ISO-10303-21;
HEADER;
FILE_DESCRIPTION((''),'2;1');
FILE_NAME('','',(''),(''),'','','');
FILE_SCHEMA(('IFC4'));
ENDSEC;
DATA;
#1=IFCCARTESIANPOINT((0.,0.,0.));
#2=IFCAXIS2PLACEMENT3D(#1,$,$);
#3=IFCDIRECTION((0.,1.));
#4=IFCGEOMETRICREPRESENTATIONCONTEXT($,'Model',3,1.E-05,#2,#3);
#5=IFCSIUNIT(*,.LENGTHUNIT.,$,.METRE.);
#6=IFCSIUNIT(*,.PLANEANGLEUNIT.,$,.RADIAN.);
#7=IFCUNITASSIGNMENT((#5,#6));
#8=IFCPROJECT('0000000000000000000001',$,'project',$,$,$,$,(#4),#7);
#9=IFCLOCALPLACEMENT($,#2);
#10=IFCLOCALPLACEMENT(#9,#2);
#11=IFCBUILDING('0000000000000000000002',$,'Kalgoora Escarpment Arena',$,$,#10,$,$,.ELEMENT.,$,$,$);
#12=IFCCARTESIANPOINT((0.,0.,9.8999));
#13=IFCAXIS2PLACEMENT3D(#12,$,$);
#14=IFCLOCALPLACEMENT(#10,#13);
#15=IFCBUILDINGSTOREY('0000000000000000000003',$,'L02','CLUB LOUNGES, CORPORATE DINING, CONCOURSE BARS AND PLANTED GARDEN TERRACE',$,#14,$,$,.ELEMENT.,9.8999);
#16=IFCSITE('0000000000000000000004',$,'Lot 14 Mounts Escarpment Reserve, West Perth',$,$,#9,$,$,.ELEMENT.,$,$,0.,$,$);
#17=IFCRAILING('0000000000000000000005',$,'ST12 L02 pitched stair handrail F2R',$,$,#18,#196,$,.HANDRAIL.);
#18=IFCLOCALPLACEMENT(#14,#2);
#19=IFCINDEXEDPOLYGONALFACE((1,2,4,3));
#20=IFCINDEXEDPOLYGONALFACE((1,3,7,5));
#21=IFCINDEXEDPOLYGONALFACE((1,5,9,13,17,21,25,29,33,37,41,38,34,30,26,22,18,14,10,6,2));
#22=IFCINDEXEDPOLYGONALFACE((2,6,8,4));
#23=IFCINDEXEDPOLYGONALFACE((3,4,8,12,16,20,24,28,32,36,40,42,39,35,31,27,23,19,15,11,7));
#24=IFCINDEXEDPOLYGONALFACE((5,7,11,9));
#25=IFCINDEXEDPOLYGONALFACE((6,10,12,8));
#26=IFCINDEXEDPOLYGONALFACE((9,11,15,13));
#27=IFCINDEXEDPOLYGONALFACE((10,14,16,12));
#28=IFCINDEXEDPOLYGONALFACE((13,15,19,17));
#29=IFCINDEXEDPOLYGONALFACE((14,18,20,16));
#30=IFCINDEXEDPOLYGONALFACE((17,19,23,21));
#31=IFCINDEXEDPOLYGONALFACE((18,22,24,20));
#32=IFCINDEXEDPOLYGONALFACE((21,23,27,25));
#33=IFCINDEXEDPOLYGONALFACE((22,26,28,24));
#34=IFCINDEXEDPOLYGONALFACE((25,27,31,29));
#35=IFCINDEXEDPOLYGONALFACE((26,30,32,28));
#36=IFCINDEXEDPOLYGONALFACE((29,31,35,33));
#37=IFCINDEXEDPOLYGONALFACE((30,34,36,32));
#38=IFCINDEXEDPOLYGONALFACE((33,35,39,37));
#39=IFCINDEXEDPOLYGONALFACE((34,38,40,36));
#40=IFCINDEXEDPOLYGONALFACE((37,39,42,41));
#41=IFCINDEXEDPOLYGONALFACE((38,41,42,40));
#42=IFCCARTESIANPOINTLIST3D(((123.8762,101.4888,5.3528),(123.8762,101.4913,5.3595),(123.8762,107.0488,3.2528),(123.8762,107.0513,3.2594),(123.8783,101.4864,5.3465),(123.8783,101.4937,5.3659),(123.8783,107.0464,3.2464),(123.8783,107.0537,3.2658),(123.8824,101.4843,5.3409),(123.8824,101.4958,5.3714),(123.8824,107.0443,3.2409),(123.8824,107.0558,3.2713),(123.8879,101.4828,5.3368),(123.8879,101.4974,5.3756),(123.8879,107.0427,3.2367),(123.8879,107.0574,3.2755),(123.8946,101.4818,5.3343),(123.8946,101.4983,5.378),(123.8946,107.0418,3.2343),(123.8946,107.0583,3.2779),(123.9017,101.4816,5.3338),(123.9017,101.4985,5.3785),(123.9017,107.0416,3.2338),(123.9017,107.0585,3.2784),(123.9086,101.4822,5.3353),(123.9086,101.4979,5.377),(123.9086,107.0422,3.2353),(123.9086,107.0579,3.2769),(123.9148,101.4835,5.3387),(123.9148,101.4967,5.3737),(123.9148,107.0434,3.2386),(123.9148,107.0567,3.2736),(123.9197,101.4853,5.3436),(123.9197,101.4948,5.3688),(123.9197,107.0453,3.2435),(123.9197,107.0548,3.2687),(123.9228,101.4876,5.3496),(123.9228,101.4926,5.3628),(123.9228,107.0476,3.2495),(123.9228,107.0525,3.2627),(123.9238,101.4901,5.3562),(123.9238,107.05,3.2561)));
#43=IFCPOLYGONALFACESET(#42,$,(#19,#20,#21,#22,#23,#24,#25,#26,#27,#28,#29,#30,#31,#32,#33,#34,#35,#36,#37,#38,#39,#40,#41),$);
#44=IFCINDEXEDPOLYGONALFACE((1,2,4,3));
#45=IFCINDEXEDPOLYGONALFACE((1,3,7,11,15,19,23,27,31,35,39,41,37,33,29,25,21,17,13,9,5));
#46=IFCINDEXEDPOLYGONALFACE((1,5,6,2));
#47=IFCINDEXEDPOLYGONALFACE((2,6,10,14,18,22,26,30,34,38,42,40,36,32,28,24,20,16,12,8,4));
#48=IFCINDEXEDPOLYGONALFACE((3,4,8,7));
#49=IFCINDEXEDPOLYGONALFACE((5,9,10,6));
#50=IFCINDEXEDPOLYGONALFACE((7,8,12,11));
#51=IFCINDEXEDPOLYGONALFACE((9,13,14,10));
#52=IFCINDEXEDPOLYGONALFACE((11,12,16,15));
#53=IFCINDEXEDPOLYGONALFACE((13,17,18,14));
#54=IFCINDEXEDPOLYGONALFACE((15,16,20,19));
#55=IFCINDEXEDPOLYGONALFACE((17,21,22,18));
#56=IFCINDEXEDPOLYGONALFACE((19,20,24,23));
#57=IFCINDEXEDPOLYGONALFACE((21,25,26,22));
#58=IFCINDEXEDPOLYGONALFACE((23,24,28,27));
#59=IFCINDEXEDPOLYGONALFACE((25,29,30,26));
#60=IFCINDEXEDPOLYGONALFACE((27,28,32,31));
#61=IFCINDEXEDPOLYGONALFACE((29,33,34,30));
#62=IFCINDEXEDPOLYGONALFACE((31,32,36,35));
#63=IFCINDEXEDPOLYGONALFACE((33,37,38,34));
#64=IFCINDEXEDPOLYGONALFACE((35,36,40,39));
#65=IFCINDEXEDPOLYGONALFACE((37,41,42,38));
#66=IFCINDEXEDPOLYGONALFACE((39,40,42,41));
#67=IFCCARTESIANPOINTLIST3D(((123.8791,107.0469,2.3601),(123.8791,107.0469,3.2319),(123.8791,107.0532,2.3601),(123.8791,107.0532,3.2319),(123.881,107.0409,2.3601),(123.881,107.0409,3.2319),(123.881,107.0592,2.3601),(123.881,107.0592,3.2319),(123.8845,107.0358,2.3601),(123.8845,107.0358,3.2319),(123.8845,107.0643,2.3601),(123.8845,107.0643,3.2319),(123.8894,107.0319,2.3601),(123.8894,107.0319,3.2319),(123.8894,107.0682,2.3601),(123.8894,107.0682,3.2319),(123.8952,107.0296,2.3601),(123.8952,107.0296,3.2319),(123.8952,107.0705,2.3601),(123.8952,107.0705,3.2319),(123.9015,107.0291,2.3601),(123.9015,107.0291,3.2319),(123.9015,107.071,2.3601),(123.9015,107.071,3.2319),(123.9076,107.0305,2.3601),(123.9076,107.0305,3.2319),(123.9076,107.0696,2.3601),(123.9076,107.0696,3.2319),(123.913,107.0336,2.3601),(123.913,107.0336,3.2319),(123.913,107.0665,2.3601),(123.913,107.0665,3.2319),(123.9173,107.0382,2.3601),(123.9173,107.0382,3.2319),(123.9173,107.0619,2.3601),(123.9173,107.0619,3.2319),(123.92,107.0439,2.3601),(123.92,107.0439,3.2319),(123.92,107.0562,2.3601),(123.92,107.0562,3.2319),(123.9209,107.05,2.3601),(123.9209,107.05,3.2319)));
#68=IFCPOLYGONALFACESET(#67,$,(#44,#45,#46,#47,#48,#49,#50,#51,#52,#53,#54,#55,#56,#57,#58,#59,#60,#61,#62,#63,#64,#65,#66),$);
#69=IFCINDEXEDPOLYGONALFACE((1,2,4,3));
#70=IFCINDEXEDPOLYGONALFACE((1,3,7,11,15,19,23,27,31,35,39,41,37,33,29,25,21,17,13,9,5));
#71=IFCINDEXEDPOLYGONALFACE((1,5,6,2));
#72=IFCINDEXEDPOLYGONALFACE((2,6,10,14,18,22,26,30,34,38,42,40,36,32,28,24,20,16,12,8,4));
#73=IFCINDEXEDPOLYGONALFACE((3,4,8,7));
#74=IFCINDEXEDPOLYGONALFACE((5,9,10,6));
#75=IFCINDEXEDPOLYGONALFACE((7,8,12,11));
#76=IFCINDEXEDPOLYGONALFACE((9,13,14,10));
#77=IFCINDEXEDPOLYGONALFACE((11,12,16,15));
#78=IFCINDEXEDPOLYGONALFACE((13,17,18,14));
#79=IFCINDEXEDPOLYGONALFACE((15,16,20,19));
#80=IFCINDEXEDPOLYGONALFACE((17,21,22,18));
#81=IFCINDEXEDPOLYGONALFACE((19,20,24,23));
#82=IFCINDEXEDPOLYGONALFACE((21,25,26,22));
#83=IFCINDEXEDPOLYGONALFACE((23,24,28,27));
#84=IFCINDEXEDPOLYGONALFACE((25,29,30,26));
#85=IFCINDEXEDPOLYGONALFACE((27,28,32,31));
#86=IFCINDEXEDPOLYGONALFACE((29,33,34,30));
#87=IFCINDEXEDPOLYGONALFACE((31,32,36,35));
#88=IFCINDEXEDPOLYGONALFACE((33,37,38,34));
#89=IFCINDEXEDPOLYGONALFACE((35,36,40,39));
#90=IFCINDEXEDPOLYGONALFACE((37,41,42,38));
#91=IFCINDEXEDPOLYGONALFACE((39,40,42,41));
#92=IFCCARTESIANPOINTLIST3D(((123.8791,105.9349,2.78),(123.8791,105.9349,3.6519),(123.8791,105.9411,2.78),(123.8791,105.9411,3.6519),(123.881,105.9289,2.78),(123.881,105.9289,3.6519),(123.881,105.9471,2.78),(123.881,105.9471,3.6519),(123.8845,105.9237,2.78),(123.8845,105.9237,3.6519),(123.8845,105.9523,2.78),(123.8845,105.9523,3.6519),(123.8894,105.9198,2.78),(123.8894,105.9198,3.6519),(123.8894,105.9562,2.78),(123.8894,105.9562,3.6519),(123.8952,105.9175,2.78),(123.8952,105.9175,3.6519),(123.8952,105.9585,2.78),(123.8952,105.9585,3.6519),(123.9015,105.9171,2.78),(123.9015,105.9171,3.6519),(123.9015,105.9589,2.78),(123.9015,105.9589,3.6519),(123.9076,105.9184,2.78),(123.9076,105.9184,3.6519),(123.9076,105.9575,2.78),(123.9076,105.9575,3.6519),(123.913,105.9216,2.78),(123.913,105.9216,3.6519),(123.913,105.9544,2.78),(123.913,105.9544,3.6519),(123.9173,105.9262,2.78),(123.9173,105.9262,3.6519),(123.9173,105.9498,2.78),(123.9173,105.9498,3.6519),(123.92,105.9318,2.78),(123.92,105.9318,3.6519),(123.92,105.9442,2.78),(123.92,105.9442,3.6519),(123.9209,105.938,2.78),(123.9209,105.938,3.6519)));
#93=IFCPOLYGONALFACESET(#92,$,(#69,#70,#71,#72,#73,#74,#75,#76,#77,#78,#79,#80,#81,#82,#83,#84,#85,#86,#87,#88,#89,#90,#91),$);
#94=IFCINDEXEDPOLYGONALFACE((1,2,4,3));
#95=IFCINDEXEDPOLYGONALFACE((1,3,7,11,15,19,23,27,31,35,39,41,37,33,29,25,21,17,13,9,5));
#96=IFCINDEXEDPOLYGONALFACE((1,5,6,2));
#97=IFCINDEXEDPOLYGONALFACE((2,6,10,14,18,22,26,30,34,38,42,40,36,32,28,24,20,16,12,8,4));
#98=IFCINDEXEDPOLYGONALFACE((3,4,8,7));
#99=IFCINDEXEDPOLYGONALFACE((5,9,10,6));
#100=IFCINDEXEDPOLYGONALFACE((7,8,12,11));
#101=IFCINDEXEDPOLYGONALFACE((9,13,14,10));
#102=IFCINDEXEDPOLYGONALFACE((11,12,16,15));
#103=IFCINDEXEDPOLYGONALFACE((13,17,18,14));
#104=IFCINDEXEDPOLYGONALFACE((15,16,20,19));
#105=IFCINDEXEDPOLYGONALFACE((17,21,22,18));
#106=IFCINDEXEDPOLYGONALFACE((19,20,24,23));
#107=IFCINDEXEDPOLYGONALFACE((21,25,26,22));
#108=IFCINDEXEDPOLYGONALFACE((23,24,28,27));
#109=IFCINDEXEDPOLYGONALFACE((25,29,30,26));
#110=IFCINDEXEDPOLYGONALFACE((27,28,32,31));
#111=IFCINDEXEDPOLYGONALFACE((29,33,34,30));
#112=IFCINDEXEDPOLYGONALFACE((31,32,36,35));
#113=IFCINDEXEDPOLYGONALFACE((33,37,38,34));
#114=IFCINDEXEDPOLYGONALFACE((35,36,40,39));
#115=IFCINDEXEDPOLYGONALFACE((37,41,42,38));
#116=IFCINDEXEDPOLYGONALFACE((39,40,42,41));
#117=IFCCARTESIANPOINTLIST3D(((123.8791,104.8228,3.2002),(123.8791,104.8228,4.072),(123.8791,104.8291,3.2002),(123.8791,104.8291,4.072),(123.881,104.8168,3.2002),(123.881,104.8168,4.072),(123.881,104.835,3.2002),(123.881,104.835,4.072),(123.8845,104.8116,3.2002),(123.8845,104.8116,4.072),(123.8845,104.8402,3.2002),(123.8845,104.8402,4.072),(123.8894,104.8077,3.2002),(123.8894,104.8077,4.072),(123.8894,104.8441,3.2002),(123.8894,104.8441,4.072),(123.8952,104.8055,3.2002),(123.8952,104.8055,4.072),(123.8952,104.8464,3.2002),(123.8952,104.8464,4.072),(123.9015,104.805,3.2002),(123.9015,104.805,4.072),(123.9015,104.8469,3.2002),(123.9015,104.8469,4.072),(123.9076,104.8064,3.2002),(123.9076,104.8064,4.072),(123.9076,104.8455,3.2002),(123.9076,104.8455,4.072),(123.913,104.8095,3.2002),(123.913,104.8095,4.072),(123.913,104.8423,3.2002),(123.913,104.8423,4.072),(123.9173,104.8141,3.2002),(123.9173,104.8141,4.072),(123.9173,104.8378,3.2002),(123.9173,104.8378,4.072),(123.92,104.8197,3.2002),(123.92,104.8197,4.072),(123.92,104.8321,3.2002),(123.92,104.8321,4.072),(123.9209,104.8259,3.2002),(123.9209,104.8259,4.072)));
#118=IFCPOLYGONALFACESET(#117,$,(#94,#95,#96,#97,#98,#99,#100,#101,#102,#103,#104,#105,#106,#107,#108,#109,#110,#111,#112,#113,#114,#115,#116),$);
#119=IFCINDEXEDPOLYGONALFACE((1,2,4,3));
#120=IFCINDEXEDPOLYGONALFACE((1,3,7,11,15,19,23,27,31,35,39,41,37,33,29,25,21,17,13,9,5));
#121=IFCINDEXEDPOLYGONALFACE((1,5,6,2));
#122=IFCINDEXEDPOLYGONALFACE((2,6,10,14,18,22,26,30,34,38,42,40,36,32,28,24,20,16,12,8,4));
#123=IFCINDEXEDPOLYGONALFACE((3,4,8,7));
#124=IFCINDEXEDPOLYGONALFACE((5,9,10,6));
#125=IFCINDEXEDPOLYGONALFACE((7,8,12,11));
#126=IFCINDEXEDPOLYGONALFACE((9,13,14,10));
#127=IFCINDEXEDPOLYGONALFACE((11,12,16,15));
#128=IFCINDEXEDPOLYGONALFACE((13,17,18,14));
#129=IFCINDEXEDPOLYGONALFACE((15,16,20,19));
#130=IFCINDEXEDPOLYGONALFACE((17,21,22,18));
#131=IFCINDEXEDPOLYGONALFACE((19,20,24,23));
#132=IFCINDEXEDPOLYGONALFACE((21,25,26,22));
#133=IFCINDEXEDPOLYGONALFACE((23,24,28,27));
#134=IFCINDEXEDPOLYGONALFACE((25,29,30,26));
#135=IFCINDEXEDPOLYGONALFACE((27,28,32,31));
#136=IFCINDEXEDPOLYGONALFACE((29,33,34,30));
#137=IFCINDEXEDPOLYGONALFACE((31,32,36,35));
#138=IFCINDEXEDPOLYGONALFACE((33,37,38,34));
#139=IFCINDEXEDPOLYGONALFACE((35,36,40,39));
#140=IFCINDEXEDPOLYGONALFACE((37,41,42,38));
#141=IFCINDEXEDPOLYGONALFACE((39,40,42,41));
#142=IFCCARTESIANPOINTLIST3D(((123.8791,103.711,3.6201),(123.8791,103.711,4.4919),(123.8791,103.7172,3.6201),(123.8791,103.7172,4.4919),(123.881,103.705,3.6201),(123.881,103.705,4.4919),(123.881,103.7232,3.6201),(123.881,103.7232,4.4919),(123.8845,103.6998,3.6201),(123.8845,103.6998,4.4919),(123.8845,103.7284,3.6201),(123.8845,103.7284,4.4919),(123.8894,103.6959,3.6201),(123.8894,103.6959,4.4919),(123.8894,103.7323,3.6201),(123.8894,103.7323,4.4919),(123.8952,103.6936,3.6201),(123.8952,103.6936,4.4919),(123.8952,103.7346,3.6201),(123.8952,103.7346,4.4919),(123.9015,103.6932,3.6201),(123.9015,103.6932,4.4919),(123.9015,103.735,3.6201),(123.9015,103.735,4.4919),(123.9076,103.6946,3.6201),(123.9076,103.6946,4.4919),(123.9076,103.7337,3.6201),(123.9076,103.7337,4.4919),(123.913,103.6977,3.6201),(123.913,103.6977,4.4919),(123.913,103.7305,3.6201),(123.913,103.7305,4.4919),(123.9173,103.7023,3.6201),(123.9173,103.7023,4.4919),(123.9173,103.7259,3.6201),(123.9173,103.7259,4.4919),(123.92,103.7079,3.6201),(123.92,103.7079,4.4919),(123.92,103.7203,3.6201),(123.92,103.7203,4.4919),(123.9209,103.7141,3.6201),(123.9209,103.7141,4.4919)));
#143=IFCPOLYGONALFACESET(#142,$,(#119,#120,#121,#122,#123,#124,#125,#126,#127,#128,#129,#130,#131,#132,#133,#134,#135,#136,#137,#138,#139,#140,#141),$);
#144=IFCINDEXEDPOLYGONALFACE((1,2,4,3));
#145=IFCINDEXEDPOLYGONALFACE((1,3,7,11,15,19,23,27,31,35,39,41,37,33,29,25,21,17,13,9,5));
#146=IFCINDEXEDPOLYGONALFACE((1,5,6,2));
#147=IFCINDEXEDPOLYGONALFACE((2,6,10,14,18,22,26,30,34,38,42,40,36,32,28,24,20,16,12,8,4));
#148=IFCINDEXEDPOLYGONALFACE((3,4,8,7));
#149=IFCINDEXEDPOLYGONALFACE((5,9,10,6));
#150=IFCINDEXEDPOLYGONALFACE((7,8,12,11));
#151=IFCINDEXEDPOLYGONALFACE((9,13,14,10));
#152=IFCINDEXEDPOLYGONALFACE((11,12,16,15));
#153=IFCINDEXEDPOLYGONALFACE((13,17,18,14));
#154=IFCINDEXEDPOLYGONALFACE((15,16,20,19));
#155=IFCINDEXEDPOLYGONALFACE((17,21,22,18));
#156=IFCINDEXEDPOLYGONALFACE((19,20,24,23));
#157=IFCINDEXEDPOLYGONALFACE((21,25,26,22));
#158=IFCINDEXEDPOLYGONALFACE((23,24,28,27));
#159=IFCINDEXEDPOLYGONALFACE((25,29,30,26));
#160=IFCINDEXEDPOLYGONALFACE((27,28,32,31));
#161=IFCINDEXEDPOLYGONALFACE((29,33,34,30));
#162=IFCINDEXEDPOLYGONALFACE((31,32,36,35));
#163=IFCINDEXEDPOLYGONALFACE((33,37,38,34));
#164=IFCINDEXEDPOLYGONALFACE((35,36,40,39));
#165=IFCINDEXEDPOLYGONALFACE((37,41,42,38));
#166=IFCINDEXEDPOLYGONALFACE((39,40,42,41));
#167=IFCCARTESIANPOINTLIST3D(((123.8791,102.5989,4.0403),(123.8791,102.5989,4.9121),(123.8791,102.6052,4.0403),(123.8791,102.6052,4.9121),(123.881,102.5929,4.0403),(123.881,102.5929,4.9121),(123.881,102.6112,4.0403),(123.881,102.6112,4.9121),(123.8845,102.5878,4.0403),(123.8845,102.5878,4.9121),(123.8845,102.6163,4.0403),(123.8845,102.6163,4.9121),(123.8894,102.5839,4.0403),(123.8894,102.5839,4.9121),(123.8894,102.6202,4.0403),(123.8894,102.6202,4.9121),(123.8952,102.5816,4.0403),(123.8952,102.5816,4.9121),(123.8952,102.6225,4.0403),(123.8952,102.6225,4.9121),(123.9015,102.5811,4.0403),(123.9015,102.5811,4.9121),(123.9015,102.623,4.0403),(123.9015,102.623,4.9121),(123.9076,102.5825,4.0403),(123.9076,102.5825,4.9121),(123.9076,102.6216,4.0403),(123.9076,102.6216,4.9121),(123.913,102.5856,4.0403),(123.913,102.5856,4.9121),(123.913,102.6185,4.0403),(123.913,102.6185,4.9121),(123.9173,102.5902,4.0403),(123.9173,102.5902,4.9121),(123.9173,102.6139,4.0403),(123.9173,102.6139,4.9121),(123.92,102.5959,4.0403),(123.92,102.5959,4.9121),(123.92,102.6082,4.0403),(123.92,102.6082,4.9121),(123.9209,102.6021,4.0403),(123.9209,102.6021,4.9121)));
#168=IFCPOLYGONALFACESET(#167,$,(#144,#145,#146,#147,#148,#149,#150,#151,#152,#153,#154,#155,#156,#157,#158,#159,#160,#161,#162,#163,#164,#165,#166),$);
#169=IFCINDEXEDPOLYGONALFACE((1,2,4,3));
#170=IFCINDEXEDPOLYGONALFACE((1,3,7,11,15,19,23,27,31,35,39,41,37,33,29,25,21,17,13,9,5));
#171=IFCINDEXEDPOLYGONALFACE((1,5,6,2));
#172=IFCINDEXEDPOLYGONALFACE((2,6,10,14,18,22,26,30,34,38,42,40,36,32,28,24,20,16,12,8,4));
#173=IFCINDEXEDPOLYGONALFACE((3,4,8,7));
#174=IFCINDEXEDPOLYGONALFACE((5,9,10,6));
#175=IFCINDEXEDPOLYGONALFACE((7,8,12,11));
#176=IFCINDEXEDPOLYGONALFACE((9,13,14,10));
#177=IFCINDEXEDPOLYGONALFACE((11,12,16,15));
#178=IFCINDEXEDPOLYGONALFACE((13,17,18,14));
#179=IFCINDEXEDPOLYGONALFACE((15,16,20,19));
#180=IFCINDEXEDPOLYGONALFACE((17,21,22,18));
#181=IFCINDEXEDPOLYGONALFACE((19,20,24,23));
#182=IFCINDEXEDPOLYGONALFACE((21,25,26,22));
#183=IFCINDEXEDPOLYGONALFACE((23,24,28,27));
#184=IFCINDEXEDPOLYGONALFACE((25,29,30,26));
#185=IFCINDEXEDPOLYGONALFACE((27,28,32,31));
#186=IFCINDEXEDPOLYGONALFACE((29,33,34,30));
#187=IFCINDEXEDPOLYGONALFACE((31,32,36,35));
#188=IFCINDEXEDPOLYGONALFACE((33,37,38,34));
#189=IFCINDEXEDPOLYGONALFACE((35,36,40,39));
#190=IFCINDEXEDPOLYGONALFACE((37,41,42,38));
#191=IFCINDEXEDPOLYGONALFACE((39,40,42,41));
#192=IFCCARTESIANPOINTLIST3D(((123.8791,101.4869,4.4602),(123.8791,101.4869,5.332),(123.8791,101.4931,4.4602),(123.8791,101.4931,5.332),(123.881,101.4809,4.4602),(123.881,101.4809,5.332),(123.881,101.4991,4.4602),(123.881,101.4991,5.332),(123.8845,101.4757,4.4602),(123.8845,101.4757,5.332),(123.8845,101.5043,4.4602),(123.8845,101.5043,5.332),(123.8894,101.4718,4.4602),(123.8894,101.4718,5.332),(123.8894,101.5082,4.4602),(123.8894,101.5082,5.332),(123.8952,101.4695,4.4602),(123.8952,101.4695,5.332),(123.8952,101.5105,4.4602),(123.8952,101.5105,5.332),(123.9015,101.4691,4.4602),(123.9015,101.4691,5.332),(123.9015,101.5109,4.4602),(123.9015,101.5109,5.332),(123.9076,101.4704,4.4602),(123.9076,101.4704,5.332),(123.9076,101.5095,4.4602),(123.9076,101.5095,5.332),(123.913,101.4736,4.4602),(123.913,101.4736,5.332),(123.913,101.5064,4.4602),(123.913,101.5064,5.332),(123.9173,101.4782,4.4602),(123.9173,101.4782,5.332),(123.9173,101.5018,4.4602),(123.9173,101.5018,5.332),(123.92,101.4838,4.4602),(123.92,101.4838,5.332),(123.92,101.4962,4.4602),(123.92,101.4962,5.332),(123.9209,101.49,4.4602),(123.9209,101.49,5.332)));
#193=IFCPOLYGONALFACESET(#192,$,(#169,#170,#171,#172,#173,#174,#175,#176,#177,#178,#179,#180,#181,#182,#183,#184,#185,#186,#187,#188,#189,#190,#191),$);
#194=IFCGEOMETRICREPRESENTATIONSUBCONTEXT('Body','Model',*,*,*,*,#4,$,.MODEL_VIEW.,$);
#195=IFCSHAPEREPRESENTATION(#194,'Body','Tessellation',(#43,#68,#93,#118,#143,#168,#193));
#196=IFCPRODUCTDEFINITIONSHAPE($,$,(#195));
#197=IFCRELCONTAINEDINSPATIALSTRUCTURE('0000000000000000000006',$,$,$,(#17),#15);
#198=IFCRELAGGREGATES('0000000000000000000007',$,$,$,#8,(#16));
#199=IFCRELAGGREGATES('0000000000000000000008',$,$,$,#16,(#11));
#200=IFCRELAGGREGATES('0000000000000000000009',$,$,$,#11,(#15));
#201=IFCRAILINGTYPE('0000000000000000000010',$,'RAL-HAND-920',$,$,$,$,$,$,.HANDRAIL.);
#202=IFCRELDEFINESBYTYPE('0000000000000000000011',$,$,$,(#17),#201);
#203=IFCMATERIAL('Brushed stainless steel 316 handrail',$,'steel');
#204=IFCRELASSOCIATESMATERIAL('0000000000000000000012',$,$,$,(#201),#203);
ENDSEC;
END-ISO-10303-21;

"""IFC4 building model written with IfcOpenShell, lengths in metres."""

from ifc_helpers import new_model, si_unit, direction, frame, origin, origin_2d, place, context, subcontext, project, spatial, circle, extrude, material, type_object, element, save


model = new_model("IFC4")

# Units and contexts
model_context = context("Model", 3, precision=1e-05, world=origin(), true_north=direction((0.0, 1.0)))
body_context = subcontext(model_context, "Body", "Model", "MODEL_VIEW")
ifc_project = project(units=[si_unit("LENGTHUNIT", "METRE"), si_unit("PLANEANGLEUNIT", "RADIAN")], contexts=[model_context])

# Site, building, storey
site_placement = place(None, origin())
site = spatial("IfcSite", under=ifc_project, at=site_placement, Name="Lot 14 Mounts Escarpment Reserve, West Perth", CompositionType="ELEMENT", RefElevation=0.0)
building_placement = place(site_placement, origin())
building = spatial("IfcBuilding", under=site, at=building_placement, Name="Kalgoora Escarpment Arena", CompositionType="ELEMENT")
storey_placement = place(building_placement, frame((0.0, 0.0, 9.8999)))
storey = spatial("IfcBuildingStorey", under=building, at=storey_placement, Name="L02", Description="CLUB LOUNGES, CORPORATE DINING, CONCOURSE BARS AND PLANTED GARDEN TERRACE", CompositionType="ELEMENT", Elevation=9.8999)

# Railing
ifc_material_1 = material(Name="Brushed stainless steel 316 handrail", Category="steel")
railing_type_1 = type_object("IfcRailingType", Name="RAL-HAND-920", PredefinedType="HANDRAIL", material=ifc_material_1)
for number, where, name in (
    (1, (123.8999, 107.05, 2.3601), "ST12 L02 pitched stair handrail F2R"),
):
    element("IfcRailing", number, at=place(storey_placement, frame(where)), inside=storey, type_object=railing_type_1, Name=name, PredefinedType="HANDRAIL", context=body_context, shape_type="SweptSolid", body=[
        extrude(circle(Radius=0.0239, at=origin_2d()), frame((0.0, 0.0, 0.896), z_axis=(0.0, -0.935493, 0.353346), x_axis=(1.0, 0.0, 0.0)), (0.0, 0.0, 1.0), 5.9434),
        extrude(circle(Radius=0.021, at=origin_2d()), origin(), (0.0, 0.0, 1.0), 0.8718),
        extrude(circle(Radius=0.021, at=origin_2d()), frame((0.0, -1.1121, 0.4199)), (0.0, 0.0, 1.0), 0.8718),
        extrude(circle(Radius=0.021, at=origin_2d()), frame((0.0, -2.2241, 0.8401)), (0.0, 0.0, 1.0), 0.8718),
        extrude(circle(Radius=0.021, at=origin_2d()), frame((0.0, -3.3359, 1.26)), (0.0, 0.0, 1.0), 0.8718),
        extrude(circle(Radius=0.021, at=origin_2d()), frame((0.0, -4.448, 1.6802)), (0.0, 0.0, 1.0), 0.8718),
        extrude(circle(Radius=0.021, at=origin_2d()), frame((0.0, -5.5601, 2.1001)), (0.0, 0.0, 1.0), 0.8718),
    ])

save(model, "model.ifc")
